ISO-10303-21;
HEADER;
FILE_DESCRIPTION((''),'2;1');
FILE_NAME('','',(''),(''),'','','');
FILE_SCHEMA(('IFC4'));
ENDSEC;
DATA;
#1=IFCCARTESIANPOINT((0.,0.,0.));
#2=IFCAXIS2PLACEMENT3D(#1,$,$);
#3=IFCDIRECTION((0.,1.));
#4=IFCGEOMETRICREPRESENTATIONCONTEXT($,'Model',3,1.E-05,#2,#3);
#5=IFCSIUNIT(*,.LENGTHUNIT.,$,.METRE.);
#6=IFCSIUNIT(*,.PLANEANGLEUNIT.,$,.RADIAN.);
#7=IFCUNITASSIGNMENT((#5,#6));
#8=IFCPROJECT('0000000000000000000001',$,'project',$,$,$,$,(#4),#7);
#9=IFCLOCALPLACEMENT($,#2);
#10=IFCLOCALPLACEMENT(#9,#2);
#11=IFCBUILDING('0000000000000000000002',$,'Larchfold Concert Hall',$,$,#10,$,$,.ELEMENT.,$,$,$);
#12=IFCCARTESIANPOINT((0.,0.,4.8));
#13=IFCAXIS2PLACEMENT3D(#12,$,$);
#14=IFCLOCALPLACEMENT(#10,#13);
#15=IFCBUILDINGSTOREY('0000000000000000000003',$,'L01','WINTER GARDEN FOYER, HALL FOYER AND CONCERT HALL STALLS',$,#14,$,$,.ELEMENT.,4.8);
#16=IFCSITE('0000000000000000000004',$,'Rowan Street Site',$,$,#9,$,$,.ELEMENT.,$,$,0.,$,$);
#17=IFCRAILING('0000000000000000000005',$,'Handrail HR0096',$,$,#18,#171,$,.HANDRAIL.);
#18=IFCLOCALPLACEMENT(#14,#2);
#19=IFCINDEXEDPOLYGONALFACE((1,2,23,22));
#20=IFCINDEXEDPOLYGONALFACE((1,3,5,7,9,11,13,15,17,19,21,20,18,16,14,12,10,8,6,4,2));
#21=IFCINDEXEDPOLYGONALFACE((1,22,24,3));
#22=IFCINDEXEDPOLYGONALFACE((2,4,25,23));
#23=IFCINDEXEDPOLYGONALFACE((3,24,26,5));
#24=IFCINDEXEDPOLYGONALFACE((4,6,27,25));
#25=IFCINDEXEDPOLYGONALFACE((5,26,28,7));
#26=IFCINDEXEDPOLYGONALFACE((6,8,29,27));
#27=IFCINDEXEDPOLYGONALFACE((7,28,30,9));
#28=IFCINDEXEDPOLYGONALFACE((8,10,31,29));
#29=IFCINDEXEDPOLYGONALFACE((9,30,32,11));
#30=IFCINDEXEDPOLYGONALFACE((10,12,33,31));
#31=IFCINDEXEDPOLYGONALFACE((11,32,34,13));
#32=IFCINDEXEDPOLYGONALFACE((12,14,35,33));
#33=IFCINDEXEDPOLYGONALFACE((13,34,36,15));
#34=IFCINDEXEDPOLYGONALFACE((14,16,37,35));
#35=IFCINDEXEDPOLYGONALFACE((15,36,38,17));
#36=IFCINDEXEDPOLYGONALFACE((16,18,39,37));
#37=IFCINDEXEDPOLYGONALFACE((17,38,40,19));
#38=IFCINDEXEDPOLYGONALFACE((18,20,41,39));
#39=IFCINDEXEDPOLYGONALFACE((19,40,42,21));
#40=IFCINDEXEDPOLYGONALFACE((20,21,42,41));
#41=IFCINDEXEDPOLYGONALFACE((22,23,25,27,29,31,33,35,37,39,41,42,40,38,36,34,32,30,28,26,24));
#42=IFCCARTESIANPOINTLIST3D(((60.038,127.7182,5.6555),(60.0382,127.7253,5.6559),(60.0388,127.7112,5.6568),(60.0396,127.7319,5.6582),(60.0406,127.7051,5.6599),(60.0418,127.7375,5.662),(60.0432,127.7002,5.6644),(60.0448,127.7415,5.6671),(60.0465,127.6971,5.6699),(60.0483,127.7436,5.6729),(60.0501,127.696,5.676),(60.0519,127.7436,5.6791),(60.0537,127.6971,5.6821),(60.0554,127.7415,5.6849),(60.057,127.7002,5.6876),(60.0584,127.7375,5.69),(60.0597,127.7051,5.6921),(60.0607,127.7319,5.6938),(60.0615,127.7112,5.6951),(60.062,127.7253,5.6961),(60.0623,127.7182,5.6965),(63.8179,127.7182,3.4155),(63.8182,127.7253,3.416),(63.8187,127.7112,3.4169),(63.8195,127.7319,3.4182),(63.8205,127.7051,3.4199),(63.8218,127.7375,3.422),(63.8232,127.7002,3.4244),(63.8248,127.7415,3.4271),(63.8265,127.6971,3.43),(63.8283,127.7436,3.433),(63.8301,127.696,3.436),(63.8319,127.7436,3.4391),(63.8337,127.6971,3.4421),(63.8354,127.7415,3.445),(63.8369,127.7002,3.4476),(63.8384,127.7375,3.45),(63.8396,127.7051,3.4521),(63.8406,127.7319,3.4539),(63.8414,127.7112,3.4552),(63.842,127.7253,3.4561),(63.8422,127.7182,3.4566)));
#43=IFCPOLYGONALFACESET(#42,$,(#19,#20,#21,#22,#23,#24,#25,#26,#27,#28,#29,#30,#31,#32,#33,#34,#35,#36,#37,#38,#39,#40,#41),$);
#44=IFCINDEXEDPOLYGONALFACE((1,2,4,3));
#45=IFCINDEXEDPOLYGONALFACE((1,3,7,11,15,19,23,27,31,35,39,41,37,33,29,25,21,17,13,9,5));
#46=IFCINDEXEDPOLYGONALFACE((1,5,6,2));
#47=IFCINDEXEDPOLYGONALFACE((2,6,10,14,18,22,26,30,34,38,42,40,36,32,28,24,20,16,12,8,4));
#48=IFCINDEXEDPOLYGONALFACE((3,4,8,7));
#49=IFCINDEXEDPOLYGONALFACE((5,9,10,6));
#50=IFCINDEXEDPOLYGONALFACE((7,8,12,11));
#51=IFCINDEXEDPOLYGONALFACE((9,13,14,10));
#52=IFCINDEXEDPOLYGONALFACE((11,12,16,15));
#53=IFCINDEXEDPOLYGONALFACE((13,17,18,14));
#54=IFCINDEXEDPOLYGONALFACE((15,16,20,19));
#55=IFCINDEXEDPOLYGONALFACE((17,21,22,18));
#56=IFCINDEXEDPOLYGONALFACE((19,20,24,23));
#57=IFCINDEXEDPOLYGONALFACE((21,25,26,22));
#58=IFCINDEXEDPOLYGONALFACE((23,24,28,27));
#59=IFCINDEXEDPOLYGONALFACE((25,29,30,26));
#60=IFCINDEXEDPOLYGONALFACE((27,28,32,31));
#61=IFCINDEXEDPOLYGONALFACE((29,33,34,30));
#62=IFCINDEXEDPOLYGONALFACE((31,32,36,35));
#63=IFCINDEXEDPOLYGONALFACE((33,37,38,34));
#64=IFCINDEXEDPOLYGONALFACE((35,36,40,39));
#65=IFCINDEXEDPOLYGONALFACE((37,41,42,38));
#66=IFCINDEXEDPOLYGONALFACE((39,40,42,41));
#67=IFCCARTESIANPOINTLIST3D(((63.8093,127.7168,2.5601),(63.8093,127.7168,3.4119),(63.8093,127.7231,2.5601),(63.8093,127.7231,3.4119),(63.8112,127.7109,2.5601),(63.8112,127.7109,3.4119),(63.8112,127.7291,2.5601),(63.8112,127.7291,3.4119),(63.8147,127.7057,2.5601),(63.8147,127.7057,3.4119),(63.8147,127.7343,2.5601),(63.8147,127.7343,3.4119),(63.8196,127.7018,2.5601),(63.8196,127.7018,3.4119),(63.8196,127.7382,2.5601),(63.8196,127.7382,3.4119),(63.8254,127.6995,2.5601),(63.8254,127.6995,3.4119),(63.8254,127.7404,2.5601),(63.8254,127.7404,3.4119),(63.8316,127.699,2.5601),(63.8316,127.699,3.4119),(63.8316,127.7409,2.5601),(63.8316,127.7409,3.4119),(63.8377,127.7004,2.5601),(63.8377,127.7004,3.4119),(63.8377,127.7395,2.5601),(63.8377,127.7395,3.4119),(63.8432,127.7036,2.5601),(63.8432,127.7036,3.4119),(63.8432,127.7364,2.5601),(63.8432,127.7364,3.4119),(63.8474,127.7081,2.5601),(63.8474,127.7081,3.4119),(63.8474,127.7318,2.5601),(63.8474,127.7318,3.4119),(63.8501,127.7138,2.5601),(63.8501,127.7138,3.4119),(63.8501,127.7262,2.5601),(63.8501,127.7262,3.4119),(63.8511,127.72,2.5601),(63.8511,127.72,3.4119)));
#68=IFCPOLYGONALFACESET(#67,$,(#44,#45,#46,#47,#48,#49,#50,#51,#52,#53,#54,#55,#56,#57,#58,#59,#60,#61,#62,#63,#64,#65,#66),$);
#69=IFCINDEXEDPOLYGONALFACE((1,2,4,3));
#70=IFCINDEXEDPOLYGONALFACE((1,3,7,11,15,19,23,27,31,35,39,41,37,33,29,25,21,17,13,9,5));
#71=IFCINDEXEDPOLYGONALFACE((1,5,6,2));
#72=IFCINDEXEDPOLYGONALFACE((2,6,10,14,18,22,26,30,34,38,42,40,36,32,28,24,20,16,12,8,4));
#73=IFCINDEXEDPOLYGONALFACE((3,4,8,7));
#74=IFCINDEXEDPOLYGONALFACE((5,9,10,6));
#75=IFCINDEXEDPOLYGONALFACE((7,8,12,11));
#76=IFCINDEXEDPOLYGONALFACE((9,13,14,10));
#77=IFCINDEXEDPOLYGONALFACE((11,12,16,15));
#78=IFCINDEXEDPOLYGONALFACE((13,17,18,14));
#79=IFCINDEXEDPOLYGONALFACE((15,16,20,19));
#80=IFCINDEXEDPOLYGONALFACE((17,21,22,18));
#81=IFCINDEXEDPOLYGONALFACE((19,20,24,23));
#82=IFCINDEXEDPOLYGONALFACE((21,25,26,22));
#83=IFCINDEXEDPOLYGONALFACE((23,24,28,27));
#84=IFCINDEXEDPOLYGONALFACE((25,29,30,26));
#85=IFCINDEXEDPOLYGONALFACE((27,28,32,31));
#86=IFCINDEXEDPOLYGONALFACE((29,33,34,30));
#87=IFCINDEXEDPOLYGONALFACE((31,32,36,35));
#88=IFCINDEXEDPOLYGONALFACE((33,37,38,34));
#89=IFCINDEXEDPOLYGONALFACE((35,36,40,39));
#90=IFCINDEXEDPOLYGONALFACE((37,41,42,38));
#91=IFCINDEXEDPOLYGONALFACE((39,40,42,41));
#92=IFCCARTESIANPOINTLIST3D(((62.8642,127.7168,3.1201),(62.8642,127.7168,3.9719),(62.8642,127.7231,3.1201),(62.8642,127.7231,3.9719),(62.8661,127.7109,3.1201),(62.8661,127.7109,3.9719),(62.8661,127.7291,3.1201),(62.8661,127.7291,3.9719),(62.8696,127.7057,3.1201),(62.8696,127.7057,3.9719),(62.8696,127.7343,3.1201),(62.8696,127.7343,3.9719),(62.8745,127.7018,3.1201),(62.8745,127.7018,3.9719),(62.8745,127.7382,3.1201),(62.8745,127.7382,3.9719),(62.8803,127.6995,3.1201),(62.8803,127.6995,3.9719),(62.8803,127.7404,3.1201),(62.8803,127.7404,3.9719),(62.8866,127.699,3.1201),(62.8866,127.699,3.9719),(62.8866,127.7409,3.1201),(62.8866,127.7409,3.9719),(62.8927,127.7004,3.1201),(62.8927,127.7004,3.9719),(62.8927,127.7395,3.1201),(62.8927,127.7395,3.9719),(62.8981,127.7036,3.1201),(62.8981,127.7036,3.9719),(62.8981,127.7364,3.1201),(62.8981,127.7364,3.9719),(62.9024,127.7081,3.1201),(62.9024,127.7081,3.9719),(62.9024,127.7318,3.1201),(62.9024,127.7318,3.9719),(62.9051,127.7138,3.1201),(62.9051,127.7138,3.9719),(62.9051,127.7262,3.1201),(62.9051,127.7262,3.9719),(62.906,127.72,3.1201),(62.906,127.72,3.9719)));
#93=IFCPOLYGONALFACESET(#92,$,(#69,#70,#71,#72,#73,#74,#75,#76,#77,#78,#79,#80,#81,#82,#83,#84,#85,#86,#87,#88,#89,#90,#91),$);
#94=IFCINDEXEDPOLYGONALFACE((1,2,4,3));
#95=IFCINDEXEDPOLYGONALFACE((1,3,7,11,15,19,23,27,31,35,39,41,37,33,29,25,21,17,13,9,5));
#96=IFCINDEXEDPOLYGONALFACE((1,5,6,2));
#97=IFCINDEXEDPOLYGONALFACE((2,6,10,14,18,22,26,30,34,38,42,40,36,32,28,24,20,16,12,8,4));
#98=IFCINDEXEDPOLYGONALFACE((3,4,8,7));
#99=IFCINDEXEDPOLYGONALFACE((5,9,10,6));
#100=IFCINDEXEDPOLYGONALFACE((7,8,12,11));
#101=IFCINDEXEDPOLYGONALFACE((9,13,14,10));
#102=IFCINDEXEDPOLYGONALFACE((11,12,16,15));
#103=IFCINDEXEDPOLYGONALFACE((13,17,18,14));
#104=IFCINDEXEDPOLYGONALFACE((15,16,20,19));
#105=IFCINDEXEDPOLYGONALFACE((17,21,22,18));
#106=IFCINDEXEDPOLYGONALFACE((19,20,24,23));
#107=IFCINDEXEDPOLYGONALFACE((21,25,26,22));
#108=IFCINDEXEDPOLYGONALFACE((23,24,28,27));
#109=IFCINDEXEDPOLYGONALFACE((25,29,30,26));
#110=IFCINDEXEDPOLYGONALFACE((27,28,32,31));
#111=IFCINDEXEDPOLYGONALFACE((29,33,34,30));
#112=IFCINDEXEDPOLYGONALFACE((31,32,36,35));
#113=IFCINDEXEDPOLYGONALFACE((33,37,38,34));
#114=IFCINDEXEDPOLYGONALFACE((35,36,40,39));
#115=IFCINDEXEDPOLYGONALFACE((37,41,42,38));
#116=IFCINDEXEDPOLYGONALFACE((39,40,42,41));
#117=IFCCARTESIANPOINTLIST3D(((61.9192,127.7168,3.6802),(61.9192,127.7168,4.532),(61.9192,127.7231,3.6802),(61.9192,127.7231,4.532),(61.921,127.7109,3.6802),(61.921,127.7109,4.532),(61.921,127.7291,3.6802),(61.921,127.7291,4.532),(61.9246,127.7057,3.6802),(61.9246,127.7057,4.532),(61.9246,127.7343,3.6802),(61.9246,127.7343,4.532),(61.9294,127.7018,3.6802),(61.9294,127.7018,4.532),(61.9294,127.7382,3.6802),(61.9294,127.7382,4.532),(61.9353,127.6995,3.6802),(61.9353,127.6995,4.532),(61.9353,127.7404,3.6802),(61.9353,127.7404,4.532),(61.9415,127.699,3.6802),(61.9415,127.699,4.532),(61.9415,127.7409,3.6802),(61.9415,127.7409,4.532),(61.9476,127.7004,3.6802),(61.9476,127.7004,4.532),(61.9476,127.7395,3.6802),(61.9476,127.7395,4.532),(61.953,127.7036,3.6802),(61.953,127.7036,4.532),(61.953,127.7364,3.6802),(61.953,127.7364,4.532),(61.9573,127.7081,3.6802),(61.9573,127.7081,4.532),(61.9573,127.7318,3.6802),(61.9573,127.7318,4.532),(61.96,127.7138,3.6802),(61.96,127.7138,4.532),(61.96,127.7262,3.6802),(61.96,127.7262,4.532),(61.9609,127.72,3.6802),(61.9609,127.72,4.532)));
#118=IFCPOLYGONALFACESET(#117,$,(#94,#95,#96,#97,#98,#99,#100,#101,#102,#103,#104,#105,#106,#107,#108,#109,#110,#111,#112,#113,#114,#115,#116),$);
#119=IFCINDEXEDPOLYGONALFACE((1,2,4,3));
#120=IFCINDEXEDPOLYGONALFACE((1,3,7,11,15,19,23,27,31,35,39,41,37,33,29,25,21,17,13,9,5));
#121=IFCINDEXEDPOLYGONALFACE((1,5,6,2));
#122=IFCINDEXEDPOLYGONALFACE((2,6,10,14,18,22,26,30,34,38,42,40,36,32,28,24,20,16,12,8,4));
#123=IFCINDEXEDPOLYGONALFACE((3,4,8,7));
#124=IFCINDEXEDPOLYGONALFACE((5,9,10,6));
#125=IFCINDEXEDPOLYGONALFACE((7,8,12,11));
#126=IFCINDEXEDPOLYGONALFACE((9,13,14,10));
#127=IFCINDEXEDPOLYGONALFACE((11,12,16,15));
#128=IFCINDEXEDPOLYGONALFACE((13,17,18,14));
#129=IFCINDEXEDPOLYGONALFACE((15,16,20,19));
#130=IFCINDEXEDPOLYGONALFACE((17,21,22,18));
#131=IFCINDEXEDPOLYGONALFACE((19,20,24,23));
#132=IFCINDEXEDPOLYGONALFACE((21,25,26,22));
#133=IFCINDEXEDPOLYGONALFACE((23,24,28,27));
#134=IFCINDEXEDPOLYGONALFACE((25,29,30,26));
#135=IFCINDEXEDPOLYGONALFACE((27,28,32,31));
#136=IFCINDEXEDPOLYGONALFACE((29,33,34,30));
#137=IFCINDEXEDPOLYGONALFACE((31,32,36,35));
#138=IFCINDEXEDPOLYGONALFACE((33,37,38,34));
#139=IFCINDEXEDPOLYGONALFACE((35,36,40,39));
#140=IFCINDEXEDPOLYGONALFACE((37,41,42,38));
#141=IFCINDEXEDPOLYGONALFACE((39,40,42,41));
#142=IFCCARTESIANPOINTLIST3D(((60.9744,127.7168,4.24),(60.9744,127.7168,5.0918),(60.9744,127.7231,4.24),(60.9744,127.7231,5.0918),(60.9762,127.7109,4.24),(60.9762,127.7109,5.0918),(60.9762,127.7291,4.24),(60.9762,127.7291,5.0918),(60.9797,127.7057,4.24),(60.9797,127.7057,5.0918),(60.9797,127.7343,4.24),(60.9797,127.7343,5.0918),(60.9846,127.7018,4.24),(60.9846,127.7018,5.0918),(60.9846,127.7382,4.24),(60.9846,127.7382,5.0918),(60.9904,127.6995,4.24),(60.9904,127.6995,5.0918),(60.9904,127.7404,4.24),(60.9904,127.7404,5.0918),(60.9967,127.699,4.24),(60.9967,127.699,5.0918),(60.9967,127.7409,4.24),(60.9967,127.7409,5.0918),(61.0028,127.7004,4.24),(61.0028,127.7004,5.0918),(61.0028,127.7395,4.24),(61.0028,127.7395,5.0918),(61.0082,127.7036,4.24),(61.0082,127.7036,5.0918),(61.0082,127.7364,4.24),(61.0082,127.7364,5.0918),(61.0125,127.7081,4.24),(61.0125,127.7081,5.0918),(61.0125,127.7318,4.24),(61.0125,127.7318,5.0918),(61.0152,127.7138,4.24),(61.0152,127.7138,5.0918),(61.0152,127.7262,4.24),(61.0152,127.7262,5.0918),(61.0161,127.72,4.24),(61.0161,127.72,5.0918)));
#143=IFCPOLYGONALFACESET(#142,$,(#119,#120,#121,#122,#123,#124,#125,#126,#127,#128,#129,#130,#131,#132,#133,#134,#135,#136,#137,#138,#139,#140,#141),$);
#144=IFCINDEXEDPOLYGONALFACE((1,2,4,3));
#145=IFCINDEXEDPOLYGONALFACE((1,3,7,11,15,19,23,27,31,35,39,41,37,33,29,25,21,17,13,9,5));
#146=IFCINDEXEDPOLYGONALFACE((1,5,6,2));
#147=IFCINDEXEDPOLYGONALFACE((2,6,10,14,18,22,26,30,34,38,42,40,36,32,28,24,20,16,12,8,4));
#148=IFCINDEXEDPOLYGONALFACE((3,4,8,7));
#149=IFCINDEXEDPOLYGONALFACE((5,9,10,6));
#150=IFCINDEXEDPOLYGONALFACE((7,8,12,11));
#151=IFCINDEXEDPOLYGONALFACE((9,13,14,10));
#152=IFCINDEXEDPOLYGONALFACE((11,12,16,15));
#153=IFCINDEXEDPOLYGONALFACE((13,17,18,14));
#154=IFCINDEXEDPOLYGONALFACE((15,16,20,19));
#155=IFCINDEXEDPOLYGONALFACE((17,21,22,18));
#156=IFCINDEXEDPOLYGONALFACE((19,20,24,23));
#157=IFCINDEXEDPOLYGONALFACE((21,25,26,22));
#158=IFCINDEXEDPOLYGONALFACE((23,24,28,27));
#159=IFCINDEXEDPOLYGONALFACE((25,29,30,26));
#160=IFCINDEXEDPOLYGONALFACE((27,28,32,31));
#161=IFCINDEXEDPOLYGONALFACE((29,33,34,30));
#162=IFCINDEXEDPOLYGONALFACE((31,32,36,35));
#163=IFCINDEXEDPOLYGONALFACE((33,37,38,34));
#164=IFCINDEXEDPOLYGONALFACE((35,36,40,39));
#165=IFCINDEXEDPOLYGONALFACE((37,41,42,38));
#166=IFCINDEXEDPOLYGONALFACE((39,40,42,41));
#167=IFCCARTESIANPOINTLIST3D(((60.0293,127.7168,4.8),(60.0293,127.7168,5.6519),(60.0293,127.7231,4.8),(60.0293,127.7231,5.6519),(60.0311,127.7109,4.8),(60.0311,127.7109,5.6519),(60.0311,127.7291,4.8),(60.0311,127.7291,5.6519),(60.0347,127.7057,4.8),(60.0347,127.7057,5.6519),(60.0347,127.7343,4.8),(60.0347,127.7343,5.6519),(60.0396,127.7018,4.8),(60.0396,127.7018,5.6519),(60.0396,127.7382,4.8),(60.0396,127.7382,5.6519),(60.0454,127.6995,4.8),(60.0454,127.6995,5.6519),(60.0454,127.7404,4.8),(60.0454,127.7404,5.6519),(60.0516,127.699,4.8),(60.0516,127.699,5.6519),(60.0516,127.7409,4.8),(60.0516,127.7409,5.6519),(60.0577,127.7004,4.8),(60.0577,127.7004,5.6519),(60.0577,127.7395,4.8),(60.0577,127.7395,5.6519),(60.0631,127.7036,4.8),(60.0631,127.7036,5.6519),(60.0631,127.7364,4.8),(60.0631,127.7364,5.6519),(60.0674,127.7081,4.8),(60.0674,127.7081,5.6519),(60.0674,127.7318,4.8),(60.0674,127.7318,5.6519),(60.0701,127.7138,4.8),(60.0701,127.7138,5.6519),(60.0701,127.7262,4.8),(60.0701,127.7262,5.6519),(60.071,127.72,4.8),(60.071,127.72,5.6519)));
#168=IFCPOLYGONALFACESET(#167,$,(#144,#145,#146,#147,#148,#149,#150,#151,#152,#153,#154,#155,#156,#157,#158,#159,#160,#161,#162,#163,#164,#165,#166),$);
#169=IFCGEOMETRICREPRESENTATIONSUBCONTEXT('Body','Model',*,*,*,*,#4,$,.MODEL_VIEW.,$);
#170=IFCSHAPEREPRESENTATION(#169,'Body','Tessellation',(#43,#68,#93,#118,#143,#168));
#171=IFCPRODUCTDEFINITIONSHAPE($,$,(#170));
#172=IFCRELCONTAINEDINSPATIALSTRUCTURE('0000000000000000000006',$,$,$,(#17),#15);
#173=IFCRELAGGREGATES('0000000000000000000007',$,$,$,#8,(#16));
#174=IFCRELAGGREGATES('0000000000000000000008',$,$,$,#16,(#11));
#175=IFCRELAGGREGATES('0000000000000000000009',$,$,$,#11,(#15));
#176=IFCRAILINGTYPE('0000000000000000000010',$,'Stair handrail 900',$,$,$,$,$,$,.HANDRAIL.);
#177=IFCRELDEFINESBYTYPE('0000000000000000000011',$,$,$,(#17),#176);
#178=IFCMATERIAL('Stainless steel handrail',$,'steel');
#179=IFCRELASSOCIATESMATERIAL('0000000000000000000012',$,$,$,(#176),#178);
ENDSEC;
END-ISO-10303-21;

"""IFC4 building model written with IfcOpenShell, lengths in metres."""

from ifc_helpers import new_model, si_unit, direction, frame, origin, origin_2d, place, context, subcontext, project, spatial, circle, extrude, material, type_object, element, save


model = new_model("IFC4")

# Units and contexts
model_context = context("Model", 3, precision=1e-05, world=origin(), true_north=direction((0.0, 1.0)))
body_context = subcontext(model_context, "Body", "Model", "MODEL_VIEW")
ifc_project = project(units=[si_unit("LENGTHUNIT", "METRE"), si_unit("PLANEANGLEUNIT", "RADIAN")], contexts=[model_context])

# Site, building, storey
site_placement = place(None, origin())
site = spatial("IfcSite", under=ifc_project, at=site_placement, Name="Rowan Street Site", CompositionType="ELEMENT", RefElevation=0.0)
building_placement = place(site_placement, origin())
building = spatial("IfcBuilding", under=site, at=building_placement, Name="Larchfold Concert Hall", CompositionType="ELEMENT")
storey_placement = place(building_placement, frame((0.0, 0.0, 4.8)))
storey = spatial("IfcBuildingStorey", under=building, at=storey_placement, Name="L01", Description="WINTER GARDEN FOYER, HALL FOYER AND CONCERT HALL STALLS", CompositionType="ELEMENT", Elevation=4.8)

# Railing
ifc_material_1 = material(Name="Stainless steel handrail", Category="steel")
railing_type_1 = type_object("IfcRailingType", Name="Stair handrail 900", PredefinedType="HANDRAIL", material=ifc_material_1)
railing_1_placement = place(storey_placement, frame((63.8301, 127.72, 2.5601)))
element("IfcRailing", 1, at=railing_1_placement, inside=storey, type_object=railing_type_1, Name="Handrail HR0096", PredefinedType="HANDRAIL", context=body_context, shape_type="SweptSolid", body=[
    extrude(circle(Radius=0.0239, at=origin_2d()), frame((0.0, 0.0, 0.876), z_axis=(-0.860294, 0.0, 0.509798), x_axis=(0.0, -1.0, 0.0)), (0.0, 0.0, 1.0), 4.3938),
    extrude(circle(Radius=0.021, at=origin_2d()), origin(), (0.0, 0.0, 1.0), 0.8518),
    extrude(circle(Radius=0.021, at=origin_2d()), frame((-0.9451, 0.0, 0.5601)), (0.0, 0.0, 1.0), 0.8518),
    extrude(circle(Radius=0.021, at=origin_2d()), frame((-1.8901, 0.0, 1.1201)), (0.0, 0.0, 1.0), 0.8518),
    extrude(circle(Radius=0.021, at=origin_2d()), frame((-2.835, 0.0, 1.6799)), (0.0, 0.0, 1.0), 0.8518),
    extrude(circle(Radius=0.021, at=origin_2d()), frame((-3.78, 0.0, 2.24)), (0.0, 0.0, 1.0), 0.8518),
])

save(model, "model.ifc")
